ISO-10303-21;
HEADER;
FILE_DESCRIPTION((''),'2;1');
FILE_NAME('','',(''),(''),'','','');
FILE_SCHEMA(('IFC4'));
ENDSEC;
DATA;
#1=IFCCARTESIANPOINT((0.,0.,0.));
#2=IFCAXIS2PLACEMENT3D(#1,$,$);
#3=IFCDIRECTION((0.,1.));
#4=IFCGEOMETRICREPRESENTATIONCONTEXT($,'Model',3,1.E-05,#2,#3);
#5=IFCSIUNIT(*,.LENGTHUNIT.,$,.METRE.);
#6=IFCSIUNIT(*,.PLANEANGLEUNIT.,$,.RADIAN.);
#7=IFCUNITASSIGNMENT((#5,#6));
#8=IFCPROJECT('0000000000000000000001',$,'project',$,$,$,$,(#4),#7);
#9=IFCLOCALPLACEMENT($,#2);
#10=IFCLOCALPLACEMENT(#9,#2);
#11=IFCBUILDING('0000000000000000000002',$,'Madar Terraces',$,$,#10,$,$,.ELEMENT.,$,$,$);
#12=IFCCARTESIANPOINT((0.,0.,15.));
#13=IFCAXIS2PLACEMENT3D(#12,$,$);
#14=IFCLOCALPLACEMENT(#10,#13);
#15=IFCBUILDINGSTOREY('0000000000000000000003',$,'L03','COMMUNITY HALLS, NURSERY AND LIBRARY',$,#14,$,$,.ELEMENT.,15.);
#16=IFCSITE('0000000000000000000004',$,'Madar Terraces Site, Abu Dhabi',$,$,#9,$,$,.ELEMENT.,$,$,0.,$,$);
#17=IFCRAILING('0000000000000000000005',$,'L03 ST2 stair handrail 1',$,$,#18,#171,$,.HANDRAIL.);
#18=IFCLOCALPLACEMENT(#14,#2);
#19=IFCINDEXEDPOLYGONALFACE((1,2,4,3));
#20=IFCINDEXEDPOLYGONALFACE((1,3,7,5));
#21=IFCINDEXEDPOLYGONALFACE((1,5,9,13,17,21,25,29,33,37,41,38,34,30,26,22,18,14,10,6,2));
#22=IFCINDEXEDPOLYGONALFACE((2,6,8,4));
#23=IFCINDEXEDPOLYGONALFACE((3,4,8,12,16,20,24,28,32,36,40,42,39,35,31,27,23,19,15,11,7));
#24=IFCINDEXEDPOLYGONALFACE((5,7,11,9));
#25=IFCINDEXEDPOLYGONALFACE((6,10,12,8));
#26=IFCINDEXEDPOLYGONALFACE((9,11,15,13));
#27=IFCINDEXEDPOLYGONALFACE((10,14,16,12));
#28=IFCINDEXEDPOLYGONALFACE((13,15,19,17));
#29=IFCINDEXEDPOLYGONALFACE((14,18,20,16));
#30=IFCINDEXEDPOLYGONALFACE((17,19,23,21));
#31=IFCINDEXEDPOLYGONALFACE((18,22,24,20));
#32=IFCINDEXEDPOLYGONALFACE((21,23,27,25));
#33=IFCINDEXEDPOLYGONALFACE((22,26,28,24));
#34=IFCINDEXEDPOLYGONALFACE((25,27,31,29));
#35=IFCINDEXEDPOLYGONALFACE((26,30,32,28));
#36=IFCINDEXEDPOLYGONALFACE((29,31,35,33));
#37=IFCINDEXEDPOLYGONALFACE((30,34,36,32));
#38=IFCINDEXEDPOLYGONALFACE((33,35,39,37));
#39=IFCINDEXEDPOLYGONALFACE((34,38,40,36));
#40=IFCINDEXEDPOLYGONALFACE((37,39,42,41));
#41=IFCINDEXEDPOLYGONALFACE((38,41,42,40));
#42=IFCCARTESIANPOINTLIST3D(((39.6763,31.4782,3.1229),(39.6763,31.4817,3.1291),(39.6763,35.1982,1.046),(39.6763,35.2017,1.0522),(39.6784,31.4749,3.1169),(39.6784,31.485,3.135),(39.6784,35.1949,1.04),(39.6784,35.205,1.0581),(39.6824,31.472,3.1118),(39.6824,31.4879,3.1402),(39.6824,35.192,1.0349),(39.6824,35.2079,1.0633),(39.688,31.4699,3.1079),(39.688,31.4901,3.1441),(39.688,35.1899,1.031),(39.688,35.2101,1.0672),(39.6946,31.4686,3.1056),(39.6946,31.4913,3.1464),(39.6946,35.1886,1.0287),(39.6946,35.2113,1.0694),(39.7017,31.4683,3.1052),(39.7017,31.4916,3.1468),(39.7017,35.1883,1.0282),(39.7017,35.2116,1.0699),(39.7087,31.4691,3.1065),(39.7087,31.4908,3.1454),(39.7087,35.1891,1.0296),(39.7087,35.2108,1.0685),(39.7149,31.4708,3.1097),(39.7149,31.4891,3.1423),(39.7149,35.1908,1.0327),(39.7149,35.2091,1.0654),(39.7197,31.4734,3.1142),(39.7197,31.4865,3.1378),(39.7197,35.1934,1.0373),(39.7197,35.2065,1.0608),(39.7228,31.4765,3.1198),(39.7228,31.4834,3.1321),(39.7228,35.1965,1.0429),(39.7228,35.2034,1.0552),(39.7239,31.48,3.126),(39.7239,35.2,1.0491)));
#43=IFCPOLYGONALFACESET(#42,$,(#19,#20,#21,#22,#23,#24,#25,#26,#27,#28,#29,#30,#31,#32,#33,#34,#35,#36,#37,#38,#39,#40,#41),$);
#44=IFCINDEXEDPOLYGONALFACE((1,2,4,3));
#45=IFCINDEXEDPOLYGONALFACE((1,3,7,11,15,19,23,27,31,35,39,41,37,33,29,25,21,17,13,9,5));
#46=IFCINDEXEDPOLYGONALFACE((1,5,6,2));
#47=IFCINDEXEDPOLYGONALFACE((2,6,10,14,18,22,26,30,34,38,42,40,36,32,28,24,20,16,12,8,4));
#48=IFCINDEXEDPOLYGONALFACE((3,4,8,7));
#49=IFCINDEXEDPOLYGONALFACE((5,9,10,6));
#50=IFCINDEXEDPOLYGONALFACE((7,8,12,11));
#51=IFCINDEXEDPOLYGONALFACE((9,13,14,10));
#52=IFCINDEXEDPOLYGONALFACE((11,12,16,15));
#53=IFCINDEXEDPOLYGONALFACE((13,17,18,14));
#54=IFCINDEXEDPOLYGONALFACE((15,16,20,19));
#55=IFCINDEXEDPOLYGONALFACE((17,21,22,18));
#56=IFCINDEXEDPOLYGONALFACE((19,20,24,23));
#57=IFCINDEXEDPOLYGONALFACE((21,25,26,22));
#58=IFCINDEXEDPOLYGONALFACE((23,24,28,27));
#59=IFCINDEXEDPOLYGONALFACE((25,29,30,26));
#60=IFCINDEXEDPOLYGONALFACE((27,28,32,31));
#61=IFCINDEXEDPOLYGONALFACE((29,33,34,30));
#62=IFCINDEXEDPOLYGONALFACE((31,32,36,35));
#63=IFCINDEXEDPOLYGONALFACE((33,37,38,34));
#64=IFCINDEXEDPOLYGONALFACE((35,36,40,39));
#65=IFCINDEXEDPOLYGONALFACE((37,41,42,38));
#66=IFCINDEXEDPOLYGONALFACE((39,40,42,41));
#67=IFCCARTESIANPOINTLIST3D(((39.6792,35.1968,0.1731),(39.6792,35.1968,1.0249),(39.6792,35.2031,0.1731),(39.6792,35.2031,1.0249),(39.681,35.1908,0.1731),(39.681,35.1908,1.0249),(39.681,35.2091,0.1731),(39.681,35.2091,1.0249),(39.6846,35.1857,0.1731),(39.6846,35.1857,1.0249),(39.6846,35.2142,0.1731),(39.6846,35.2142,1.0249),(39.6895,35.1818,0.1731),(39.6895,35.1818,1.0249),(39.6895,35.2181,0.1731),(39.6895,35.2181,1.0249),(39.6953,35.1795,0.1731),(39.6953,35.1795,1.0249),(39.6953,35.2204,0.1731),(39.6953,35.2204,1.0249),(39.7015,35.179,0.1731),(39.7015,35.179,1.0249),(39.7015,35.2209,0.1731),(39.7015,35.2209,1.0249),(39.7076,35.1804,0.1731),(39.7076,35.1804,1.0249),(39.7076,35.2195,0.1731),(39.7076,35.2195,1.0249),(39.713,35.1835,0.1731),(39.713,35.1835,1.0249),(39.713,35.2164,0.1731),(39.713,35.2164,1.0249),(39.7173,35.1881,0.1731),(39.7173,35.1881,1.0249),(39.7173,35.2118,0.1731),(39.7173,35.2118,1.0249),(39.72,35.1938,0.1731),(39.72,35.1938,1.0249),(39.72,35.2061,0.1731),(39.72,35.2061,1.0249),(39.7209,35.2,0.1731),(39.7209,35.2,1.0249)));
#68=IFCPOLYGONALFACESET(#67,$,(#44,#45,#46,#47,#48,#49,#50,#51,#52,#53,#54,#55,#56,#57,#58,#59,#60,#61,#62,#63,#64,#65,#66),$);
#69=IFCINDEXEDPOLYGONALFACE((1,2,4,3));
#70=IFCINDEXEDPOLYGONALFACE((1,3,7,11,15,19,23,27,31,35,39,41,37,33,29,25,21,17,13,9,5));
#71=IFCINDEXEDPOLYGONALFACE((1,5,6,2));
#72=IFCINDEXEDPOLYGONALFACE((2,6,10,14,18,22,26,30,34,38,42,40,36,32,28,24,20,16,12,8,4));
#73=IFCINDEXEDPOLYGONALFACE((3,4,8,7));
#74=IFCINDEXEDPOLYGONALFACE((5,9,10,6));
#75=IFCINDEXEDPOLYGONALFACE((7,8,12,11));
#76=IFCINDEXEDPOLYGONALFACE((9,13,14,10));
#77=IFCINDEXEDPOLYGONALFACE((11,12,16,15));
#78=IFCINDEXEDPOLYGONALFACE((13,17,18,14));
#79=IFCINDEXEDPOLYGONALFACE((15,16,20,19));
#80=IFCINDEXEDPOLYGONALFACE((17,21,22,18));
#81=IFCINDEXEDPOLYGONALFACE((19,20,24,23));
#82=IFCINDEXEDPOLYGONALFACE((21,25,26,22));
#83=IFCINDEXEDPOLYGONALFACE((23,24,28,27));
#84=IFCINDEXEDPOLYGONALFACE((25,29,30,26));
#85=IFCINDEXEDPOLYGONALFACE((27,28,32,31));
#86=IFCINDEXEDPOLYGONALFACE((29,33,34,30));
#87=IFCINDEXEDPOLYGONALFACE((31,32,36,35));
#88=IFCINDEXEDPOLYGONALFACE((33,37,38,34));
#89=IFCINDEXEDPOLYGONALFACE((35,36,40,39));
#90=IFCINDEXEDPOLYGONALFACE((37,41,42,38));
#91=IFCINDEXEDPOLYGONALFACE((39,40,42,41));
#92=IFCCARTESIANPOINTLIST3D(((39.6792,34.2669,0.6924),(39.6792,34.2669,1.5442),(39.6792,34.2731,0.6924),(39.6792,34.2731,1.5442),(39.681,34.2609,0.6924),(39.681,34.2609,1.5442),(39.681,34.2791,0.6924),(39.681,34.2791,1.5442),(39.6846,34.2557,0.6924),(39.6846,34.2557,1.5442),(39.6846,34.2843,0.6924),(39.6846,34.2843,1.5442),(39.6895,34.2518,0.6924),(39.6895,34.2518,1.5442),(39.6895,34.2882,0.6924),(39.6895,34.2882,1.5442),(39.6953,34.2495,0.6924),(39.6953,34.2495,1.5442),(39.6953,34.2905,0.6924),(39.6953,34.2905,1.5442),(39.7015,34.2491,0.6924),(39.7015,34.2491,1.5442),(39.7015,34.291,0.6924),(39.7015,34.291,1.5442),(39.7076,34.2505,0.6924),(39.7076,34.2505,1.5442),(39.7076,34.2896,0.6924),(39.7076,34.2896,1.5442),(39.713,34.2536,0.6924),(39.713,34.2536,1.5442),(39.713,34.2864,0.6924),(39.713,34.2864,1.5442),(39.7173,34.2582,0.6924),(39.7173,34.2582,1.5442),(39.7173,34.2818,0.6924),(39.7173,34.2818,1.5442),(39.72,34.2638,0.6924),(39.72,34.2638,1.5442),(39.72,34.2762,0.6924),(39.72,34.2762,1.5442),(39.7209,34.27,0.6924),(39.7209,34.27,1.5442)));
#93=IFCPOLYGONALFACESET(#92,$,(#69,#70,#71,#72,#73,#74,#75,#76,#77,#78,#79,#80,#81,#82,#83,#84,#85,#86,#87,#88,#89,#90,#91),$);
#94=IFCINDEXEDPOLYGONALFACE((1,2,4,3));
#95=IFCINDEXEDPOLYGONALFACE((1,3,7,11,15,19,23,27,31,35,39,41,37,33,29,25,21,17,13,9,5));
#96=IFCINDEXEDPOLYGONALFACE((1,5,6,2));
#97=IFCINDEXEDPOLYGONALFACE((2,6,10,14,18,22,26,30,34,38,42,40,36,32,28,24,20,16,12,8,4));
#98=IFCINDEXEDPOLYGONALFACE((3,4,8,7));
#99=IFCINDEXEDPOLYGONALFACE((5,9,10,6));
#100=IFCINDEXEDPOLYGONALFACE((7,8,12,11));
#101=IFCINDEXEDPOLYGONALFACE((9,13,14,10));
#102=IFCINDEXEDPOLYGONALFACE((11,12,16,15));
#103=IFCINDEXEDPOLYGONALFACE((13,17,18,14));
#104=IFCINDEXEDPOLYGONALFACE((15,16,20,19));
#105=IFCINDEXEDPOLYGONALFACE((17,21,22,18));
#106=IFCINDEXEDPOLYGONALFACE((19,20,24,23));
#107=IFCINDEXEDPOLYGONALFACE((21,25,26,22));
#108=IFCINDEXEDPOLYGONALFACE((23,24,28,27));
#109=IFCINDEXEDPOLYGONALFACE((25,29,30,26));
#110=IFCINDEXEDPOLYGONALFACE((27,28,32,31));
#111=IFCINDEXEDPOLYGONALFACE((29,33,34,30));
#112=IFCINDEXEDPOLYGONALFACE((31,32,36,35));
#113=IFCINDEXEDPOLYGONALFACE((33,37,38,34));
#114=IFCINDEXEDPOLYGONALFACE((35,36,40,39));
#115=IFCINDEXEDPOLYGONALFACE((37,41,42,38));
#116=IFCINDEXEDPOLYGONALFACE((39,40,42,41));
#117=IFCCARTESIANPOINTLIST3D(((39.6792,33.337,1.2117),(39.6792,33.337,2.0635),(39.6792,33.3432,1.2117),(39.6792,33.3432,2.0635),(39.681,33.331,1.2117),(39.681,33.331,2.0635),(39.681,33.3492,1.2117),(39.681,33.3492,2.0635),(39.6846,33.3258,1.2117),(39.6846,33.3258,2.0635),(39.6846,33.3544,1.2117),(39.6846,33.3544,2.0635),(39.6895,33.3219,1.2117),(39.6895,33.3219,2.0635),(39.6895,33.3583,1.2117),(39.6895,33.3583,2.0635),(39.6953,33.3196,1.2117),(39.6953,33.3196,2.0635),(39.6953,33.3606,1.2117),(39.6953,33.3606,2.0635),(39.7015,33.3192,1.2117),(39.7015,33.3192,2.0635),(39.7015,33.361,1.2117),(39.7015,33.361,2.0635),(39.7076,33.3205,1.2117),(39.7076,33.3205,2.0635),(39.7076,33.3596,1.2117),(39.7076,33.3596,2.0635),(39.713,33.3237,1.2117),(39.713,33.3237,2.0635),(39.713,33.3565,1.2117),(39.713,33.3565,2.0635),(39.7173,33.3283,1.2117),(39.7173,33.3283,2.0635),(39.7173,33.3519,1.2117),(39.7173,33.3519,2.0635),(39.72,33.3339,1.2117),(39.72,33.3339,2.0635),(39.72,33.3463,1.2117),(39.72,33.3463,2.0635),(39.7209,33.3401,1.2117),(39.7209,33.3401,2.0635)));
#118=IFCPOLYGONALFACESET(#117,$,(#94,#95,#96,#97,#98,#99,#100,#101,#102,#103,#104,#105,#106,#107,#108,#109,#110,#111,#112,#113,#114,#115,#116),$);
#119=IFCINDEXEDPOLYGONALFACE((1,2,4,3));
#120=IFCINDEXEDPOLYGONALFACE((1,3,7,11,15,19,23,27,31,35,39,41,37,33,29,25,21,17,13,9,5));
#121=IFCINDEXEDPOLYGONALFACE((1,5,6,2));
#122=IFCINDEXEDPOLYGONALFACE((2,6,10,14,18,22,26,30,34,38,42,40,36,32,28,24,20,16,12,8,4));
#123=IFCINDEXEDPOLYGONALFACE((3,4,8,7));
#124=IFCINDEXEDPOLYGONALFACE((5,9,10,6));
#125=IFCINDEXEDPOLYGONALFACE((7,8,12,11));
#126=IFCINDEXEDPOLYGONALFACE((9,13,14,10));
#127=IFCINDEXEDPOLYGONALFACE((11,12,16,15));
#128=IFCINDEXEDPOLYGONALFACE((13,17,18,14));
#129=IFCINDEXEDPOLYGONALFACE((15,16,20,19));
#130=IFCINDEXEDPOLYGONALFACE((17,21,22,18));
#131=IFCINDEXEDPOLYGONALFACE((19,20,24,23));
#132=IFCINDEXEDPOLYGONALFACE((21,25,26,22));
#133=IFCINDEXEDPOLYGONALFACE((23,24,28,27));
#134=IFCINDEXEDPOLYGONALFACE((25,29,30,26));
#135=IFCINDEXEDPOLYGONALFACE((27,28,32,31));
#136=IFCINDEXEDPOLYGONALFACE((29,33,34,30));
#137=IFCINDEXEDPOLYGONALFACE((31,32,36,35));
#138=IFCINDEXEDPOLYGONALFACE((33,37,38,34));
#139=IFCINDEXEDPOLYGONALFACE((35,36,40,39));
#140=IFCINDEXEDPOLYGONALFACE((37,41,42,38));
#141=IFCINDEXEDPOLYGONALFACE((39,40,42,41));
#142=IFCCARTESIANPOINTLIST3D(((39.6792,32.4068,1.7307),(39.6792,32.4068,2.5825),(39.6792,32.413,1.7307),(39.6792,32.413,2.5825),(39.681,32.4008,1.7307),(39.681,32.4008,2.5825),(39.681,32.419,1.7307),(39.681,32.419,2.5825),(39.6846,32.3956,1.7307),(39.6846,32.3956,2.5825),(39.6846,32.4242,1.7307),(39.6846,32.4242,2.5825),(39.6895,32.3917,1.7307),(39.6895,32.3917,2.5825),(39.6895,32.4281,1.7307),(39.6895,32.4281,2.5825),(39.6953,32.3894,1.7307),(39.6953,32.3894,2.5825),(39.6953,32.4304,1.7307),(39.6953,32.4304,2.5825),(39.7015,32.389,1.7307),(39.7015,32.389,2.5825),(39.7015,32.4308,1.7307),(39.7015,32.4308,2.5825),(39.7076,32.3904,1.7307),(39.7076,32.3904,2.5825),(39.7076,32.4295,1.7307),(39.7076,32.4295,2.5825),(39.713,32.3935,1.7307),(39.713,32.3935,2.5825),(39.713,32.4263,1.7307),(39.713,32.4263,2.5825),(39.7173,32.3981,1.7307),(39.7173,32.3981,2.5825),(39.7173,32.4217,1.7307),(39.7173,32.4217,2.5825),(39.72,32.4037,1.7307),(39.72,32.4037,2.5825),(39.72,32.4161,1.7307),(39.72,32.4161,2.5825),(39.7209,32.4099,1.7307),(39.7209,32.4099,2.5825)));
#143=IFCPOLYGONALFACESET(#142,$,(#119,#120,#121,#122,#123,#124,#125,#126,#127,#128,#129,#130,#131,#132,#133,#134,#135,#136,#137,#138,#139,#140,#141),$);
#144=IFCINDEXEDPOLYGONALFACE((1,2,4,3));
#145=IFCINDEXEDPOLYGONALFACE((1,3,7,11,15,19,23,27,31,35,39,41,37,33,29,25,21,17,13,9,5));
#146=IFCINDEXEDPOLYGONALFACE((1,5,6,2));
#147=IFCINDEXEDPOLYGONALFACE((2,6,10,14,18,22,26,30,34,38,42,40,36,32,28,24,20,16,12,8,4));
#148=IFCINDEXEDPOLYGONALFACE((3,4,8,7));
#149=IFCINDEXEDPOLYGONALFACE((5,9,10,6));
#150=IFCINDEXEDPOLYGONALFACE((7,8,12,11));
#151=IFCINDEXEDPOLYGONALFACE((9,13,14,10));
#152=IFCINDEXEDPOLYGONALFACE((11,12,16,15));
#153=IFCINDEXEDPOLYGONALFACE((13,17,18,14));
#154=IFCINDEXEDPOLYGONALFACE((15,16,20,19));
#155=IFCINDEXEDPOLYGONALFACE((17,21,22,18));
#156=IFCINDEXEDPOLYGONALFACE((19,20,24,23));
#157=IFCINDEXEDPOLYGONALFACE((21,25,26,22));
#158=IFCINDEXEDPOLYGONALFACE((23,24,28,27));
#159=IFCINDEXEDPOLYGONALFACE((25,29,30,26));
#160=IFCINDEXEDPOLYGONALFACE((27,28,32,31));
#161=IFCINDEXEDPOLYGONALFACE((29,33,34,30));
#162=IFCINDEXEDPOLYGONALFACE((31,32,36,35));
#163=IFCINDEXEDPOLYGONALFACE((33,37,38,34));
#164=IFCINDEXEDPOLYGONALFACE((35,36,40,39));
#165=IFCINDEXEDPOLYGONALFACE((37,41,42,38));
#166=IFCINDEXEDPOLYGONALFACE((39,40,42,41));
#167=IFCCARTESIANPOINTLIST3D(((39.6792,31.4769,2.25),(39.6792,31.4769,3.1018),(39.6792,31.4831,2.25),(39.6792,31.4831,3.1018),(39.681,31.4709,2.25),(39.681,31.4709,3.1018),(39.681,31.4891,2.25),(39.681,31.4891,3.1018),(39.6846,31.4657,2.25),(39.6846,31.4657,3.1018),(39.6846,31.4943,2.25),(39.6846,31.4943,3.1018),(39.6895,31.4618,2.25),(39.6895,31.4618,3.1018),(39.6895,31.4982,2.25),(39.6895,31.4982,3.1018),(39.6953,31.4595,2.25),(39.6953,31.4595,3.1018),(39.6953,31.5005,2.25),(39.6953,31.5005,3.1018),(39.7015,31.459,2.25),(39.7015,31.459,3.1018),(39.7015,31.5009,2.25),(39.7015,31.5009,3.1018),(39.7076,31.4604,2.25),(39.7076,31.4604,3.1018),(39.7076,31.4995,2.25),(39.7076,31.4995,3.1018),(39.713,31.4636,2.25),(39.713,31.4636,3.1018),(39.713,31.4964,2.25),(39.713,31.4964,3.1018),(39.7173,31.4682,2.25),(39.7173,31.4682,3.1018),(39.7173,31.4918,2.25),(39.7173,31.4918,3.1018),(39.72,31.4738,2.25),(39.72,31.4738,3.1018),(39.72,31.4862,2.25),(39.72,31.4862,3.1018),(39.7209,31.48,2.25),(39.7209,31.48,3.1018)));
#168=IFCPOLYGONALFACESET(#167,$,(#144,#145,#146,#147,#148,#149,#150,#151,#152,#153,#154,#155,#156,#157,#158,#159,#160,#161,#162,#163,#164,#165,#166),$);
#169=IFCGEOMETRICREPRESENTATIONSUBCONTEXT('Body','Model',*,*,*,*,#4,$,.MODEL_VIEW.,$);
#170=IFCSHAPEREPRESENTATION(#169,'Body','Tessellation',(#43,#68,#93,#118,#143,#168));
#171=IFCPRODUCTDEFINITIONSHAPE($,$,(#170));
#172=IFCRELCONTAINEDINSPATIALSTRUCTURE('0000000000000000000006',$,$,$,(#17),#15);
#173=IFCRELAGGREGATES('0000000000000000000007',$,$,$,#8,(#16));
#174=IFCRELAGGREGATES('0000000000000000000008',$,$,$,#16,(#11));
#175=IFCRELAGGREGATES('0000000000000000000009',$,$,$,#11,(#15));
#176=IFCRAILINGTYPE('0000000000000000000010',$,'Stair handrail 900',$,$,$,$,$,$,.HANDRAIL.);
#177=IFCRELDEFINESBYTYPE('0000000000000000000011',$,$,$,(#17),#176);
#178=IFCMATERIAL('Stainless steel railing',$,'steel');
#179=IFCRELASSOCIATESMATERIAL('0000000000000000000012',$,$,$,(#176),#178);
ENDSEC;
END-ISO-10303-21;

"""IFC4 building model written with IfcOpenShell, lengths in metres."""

from ifc_helpers import new_model, si_unit, direction, frame, origin, origin_2d, place, context, subcontext, project, spatial, circle, extrude, material, type_object, element, save


model = new_model("IFC4")

# Units and contexts
model_context = context("Model", 3, precision=1e-05, world=origin(), true_north=direction((0.0, 1.0)))
body_context = subcontext(model_context, "Body", "Model", "MODEL_VIEW")
ifc_project = project(units=[si_unit("LENGTHUNIT", "METRE"), si_unit("PLANEANGLEUNIT", "RADIAN")], contexts=[model_context])

# Site, building, storey
site_placement = place(None, origin())
site = spatial("IfcSite", under=ifc_project, at=site_placement, Name="Madar Terraces Site, Abu Dhabi", CompositionType="ELEMENT", RefElevation=0.0)
building_placement = place(site_placement, origin())
building = spatial("IfcBuilding", under=site, at=building_placement, Name="Madar Terraces", CompositionType="ELEMENT")
storey_placement = place(building_placement, frame((0.0, 0.0, 15.0)))
storey = spatial("IfcBuildingStorey", under=building, at=storey_placement, Name="L03", Description="COMMUNITY HALLS, NURSERY AND LIBRARY", CompositionType="ELEMENT", Elevation=15.0)

# Railing
ifc_material_1 = material(Name="Stainless steel railing", Category="steel")
railing_type_1 = type_object("IfcRailingType", Name="Stair handrail 900", PredefinedType="HANDRAIL", material=ifc_material_1)
railing_1_placement = place(storey_placement, frame((39.7, 35.2, 0.1731)))
element("IfcRailing", 1, at=railing_1_placement, inside=storey, type_object=railing_type_1, Name="L03 ST2 stair handrail 1", PredefinedType="HANDRAIL", context=body_context, shape_type="SweptSolid", body=[
    extrude(circle(Radius=0.0239, at=origin_2d()), frame((0.0, 0.0, 0.876), z_axis=(0.0, -0.873134, 0.487481), x_axis=(1.0, 0.0, 0.0)), (0.0, 0.0, 1.0), 4.2605),
    extrude(circle(Radius=0.021, at=origin_2d()), origin(), (0.0, 0.0, 1.0), 0.8518),
    extrude(circle(Radius=0.021, at=origin_2d()), frame((0.0, -0.9299, 0.5193)), (0.0, 0.0, 1.0), 0.8518),
    extrude(circle(Radius=0.021, at=origin_2d()), frame((0.0, -1.8599, 1.0386)), (0.0, 0.0, 1.0), 0.8518),
    extrude(circle(Radius=0.021, at=origin_2d()), frame((0.0, -2.79, 1.5576)), (0.0, 0.0, 1.0), 0.8518),
    extrude(circle(Radius=0.021, at=origin_2d()), frame((0.0, -3.72, 2.0769)), (0.0, 0.0, 1.0), 0.8518),
])

save(model, "model.ifc")
